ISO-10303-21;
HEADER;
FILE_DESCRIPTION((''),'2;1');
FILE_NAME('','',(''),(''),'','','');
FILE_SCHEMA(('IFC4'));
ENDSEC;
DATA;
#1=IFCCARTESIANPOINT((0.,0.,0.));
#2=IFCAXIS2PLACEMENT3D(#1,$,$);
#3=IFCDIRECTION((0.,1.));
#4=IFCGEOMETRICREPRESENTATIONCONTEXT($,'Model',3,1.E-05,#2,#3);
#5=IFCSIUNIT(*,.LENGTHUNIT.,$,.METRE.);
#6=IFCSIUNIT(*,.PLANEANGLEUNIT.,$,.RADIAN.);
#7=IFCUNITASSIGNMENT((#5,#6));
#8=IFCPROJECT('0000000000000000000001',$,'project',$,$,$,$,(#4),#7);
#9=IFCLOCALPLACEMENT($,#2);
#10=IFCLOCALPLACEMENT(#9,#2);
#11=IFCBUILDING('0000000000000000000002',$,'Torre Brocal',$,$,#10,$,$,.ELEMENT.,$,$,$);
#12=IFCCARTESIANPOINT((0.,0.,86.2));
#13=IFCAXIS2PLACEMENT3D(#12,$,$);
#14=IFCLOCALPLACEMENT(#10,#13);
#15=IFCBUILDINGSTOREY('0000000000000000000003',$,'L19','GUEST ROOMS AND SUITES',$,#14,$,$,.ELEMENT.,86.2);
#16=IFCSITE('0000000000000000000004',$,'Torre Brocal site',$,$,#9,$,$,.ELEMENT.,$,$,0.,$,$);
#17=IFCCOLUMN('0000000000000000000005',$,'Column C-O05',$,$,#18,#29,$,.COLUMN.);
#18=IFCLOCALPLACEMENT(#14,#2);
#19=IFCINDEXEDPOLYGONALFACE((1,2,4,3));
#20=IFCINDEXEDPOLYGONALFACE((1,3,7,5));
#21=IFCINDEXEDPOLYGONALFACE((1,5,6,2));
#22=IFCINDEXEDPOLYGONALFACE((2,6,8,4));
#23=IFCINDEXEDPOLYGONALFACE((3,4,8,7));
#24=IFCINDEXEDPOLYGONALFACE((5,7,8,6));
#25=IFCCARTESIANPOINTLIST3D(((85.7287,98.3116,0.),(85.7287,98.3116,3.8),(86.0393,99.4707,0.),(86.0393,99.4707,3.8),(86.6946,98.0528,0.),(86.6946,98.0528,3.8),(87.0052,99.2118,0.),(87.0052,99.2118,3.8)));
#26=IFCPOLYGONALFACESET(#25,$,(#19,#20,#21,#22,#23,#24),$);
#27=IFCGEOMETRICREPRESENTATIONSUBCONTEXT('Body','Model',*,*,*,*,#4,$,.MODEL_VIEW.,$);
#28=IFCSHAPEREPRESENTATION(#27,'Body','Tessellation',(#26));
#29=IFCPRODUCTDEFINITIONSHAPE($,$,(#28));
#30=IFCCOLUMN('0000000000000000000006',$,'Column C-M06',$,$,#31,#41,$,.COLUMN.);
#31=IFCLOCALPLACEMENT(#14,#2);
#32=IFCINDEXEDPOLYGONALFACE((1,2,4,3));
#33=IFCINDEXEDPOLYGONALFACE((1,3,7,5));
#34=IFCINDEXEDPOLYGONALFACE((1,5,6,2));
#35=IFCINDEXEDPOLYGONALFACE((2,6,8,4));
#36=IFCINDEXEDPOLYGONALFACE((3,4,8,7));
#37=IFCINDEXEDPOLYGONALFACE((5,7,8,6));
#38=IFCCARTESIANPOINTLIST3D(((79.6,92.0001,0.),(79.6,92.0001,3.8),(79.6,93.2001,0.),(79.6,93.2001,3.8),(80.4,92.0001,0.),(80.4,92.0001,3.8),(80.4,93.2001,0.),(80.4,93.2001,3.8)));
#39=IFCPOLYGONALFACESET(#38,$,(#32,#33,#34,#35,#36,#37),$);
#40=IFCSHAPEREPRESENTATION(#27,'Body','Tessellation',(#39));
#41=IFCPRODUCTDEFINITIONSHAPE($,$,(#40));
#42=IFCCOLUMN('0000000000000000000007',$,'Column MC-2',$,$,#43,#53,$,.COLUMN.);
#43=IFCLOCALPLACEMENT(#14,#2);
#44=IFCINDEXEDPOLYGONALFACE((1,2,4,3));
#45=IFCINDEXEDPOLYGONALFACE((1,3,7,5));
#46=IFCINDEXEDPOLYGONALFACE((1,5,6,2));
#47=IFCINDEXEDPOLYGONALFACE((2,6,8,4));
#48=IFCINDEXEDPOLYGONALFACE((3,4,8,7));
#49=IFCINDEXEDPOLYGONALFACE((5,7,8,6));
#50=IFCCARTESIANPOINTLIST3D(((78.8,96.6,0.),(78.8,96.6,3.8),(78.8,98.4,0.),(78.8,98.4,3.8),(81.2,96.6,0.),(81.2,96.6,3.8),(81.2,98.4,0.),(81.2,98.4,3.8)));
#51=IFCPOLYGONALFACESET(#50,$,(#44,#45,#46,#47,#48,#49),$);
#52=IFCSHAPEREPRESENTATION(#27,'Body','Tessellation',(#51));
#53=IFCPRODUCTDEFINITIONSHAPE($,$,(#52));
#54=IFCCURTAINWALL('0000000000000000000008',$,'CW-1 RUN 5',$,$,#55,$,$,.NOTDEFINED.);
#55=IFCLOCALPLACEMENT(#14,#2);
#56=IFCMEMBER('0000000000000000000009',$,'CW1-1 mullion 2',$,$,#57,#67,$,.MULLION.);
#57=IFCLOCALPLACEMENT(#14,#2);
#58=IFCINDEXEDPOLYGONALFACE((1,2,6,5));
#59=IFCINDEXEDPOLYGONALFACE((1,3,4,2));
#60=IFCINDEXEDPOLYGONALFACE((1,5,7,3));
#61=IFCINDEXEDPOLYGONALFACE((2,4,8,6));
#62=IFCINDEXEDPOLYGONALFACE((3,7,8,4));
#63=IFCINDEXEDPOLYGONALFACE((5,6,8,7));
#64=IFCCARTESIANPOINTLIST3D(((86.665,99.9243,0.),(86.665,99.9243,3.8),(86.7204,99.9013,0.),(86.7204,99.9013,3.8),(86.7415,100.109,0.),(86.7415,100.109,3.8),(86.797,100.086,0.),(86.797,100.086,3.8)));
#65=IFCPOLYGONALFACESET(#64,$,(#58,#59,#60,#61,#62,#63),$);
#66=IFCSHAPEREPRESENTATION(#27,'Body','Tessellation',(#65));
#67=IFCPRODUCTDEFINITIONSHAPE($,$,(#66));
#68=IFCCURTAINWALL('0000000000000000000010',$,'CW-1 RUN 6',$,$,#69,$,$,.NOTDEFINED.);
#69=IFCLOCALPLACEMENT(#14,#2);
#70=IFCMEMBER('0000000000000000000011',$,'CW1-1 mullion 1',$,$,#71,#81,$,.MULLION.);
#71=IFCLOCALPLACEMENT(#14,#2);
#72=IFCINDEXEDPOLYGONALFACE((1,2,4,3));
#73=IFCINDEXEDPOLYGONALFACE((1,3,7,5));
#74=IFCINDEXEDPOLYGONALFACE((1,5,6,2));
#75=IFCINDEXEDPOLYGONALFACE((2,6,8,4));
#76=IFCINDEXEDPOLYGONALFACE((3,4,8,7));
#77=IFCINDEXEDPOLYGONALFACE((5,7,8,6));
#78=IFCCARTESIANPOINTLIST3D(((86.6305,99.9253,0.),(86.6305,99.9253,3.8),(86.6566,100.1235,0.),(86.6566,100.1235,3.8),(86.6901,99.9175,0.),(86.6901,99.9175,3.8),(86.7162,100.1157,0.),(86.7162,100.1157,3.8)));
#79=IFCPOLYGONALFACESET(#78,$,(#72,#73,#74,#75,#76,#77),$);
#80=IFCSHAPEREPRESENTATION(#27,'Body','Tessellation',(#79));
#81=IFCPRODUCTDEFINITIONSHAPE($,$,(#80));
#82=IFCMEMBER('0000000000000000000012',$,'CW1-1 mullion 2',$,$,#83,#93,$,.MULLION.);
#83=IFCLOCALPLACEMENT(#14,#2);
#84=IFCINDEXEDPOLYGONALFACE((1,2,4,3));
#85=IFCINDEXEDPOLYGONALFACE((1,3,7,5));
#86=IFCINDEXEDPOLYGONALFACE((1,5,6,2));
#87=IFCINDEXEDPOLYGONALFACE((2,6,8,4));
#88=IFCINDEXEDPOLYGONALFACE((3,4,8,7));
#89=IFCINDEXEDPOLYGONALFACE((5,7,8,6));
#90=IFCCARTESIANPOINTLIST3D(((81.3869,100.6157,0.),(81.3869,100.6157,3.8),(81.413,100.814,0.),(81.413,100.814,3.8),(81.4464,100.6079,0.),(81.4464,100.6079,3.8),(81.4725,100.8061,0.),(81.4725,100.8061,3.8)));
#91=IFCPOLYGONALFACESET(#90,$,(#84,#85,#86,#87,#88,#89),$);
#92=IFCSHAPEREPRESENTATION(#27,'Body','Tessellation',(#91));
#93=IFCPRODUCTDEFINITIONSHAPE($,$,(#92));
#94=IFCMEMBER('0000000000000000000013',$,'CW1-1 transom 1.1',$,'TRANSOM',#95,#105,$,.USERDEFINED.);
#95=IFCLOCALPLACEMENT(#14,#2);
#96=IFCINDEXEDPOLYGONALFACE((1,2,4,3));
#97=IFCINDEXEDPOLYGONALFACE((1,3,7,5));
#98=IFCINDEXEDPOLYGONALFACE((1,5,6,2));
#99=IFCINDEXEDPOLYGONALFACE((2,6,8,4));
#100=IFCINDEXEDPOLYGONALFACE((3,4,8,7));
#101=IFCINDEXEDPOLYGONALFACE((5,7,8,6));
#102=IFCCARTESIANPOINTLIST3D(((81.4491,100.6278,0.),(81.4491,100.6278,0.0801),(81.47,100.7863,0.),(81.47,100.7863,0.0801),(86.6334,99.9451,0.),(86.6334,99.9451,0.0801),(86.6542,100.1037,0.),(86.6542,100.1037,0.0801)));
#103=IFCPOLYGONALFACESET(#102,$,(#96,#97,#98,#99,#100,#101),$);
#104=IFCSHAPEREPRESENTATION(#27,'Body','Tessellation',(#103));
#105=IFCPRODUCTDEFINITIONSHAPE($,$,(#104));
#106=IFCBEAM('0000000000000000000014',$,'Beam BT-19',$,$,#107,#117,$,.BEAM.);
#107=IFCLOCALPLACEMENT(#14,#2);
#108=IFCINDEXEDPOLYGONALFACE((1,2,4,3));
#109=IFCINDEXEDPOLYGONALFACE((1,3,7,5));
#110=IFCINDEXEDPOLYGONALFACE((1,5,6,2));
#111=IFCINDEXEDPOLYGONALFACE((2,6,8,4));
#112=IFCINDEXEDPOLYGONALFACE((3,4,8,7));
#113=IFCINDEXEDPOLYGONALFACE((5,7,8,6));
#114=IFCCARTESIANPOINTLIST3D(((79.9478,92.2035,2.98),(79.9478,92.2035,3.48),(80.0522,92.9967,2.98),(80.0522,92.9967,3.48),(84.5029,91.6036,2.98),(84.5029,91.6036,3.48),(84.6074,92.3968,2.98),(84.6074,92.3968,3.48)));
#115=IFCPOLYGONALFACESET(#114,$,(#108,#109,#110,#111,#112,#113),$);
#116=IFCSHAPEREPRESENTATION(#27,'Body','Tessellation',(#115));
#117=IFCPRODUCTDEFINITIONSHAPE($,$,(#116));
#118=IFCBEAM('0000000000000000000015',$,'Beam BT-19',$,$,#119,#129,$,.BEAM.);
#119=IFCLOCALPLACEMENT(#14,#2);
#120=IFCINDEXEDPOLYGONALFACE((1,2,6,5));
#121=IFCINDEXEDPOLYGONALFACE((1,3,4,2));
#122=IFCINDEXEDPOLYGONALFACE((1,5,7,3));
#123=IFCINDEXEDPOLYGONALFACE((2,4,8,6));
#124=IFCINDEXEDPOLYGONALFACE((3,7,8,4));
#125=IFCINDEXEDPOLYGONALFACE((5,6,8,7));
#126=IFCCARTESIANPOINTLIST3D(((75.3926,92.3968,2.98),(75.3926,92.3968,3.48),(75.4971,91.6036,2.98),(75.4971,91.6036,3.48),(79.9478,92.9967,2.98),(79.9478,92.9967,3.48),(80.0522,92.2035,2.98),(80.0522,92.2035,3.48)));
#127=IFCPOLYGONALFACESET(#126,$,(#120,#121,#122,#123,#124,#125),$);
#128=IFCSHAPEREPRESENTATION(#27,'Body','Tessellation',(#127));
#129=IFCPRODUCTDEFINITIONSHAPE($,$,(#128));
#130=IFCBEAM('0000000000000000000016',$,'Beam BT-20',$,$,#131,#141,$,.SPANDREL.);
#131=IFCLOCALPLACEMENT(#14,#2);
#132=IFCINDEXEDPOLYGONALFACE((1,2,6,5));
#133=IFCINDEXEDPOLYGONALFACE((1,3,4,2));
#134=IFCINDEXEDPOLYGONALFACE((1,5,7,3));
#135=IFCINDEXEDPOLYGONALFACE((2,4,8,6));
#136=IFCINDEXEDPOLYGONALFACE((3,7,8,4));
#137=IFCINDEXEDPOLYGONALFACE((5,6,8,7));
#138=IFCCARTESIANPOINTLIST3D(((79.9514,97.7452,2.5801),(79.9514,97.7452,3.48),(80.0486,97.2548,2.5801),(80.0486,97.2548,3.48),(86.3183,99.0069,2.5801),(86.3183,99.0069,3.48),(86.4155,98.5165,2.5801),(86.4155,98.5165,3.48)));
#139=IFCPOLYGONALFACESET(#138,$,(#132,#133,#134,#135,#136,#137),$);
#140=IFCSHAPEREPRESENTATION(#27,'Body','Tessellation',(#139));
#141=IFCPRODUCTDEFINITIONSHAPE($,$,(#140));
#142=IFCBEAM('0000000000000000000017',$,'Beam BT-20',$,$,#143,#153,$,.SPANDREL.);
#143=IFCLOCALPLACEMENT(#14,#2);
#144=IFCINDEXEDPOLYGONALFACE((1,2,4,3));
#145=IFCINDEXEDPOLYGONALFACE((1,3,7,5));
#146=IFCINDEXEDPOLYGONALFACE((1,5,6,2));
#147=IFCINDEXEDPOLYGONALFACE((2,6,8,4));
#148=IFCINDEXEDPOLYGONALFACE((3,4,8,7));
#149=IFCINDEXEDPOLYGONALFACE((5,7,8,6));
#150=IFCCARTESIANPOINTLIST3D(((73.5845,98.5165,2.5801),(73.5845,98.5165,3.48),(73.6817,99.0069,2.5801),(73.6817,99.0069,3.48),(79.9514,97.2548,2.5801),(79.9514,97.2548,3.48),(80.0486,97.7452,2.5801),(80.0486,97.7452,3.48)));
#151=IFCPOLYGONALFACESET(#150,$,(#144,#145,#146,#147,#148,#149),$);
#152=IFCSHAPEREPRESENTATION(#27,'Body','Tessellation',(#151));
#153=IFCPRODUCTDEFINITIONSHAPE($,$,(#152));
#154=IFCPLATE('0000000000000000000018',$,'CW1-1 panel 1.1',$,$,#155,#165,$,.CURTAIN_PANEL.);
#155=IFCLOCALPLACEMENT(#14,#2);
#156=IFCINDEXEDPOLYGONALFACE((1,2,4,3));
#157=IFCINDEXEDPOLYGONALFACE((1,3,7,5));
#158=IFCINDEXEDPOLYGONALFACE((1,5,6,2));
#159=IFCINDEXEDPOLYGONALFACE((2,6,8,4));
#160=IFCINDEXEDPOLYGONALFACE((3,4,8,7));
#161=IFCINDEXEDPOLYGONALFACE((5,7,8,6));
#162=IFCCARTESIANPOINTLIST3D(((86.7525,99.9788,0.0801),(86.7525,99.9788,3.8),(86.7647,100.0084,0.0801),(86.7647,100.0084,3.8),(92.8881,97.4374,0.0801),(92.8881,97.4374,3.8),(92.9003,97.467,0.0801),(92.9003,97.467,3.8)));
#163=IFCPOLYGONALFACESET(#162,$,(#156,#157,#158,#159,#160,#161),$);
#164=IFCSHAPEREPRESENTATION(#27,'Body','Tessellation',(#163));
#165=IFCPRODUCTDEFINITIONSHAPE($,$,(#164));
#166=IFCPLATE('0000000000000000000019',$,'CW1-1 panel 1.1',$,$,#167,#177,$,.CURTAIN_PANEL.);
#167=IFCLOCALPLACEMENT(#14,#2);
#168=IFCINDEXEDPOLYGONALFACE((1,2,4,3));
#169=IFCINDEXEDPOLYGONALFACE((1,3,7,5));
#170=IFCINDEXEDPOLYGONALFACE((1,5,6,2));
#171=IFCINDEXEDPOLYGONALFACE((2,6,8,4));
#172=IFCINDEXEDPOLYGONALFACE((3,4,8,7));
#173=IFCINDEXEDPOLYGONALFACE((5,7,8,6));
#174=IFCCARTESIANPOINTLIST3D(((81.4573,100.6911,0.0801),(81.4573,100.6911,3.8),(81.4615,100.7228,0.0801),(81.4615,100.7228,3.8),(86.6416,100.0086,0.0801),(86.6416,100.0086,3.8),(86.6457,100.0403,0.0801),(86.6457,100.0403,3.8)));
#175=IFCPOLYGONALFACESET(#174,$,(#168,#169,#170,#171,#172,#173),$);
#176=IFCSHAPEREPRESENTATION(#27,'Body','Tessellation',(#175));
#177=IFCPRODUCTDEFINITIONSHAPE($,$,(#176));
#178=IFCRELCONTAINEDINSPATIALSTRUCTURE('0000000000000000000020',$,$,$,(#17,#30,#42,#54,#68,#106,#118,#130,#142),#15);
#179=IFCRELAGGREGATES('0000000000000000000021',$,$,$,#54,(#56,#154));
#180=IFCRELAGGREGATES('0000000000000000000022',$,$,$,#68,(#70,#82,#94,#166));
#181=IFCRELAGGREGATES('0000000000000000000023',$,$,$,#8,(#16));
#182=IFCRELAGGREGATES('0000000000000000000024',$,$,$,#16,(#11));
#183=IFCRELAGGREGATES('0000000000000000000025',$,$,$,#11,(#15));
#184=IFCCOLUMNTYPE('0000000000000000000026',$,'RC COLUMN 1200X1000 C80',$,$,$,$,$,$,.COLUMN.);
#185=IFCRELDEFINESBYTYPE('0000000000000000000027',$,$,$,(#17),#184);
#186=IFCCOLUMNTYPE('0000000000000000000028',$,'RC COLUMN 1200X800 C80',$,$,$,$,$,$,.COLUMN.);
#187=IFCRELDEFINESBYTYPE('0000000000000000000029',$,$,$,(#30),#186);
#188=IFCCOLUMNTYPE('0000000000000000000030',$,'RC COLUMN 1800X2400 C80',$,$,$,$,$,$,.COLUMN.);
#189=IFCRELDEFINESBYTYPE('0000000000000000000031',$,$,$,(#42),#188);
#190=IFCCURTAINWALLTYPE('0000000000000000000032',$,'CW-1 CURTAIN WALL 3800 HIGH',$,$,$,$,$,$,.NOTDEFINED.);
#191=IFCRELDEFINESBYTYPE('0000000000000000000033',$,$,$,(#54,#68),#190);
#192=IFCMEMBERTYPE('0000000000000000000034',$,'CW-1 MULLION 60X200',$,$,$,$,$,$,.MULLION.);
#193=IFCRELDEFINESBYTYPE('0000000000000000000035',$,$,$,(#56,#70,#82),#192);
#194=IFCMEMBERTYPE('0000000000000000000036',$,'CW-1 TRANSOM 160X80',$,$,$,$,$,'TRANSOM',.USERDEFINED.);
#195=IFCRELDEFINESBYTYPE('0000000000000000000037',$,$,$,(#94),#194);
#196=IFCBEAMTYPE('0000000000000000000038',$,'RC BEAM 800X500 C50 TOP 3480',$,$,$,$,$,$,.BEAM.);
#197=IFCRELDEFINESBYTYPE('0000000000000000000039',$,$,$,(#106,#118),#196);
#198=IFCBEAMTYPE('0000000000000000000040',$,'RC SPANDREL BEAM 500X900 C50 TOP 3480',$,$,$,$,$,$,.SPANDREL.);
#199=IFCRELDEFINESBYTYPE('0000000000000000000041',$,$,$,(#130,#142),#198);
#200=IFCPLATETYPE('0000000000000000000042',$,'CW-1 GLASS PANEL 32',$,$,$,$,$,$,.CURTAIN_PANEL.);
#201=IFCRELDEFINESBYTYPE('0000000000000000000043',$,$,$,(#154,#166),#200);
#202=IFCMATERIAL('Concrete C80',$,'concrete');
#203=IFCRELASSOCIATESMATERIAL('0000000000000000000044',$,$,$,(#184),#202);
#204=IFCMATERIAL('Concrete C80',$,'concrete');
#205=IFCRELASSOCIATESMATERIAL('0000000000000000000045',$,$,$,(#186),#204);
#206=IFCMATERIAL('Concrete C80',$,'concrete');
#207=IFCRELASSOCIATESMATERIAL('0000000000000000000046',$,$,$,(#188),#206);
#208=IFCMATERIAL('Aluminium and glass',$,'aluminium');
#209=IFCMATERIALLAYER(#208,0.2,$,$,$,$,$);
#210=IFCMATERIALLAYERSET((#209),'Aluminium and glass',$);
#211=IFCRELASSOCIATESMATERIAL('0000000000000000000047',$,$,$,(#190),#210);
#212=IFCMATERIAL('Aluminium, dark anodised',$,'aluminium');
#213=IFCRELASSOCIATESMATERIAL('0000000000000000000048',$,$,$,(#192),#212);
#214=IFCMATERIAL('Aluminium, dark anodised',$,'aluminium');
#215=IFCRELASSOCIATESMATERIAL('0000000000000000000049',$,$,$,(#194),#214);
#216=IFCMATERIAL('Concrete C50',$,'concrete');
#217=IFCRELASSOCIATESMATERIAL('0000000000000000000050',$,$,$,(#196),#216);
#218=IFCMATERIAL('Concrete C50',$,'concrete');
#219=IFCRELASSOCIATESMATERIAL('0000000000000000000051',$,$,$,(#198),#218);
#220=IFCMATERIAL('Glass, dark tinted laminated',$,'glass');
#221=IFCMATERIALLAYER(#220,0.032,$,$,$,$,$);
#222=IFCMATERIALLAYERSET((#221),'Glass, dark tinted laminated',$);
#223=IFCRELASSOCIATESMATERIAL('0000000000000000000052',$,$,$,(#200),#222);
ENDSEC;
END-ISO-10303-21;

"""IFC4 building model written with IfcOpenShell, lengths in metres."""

from ifc_helpers import new_model, si_unit, direction, frame, origin, origin_2d, place, context, subcontext, project, spatial, rectangle, extrude, material, layer, layer_set, material_profile, profile_set, type_object, element, aggregate, save


model = new_model("IFC4")

# Units and contexts
model_context = context("Model", 3, precision=1e-05, world=origin(), true_north=direction((0.0, 1.0)))
body_context = subcontext(model_context, "Body", "Model", "MODEL_VIEW")
ifc_project = project(units=[si_unit("LENGTHUNIT", "METRE"), si_unit("PLANEANGLEUNIT", "RADIAN")], contexts=[model_context])

# Site, building, storey
site_placement = place(None, origin())
site = spatial("IfcSite", under=ifc_project, at=site_placement, Name="Torre Brocal site", CompositionType="ELEMENT", RefElevation=0.0)
building_placement = place(site_placement, origin())
building = spatial("IfcBuilding", under=site, at=building_placement, Name="Torre Brocal", CompositionType="ELEMENT")
storey_placement = place(building_placement, frame((0.0, 0.0, 86.2)))
storey = spatial("IfcBuildingStorey", under=building, at=storey_placement, Name="L19", Description="GUEST ROOMS AND SUITES", CompositionType="ELEMENT", Elevation=86.2)

# Columns
ifc_material_1 = material(Name="Concrete C80", Category="concrete")
ifc_material_profile_1 = material_profile(ifc_material_1, rectangle(XDim=1.2, YDim=1.0, at=origin_2d()), Name="RC 1200X1000")
ifc_profile_set_1 = profile_set([ifc_material_profile_1], Name="Concrete C80")
column_type_1 = type_object("IfcColumnType", Name="RC COLUMN 1200X1000 C80", PredefinedType="COLUMN", material=ifc_profile_set_1)
column_1_placement = place(storey_placement, frame((86.3669, 98.7617, 0.0), z_axis=(0.0, 0.0, 1.0), x_axis=(0.258819, 0.965926, 0.0)))
element("IfcColumn", 1, at=column_1_placement, inside=storey, type_object=column_type_1, Name="Column C-O05", PredefinedType="COLUMN", context=body_context, shape_type="SweptSolid", body=[
    extrude(rectangle(XDim=1.2, YDim=1.0, at=origin_2d()), origin(), (0.0, 0.0, 1.0), 3.8),
])
ifc_material_2 = material(Name="Concrete C80", Category="concrete")
ifc_material_profile_2 = material_profile(ifc_material_2, rectangle(XDim=1.2, YDim=0.8, at=origin_2d()), Name="RC 1200X800")
ifc_profile_set_2 = profile_set([ifc_material_profile_2], Name="Concrete C80")
column_type_2 = type_object("IfcColumnType", Name="RC COLUMN 1200X800 C80", PredefinedType="COLUMN", material=ifc_profile_set_2)
column_2_placement = place(storey_placement, frame((80.0, 92.6001, 0.0), z_axis=(0.0, 0.0, 1.0), x_axis=(0.0, 1.0, 0.0)))
element("IfcColumn", 2, at=column_2_placement, inside=storey, type_object=column_type_2, Name="Column C-M06", PredefinedType="COLUMN", context=body_context, shape_type="SweptSolid", body=[
    extrude(rectangle(XDim=1.2, YDim=0.8, at=origin_2d()), origin(), (0.0, 0.0, 1.0), 3.8),
])
ifc_material_3 = material(Name="Concrete C80", Category="concrete")
ifc_material_profile_3 = material_profile(ifc_material_3, rectangle(XDim=1.8, YDim=2.3999, at=origin_2d()), Name="RC 1800X2400")
ifc_profile_set_3 = profile_set([ifc_material_profile_3], Name="Concrete C80")
column_type_3 = type_object("IfcColumnType", Name="RC COLUMN 1800X2400 C80", PredefinedType="COLUMN", material=ifc_profile_set_3)
column_3_placement = place(storey_placement, frame((80.0, 97.5, 0.0), z_axis=(0.0, 0.0, 1.0), x_axis=(0.0, 1.0, 0.0)))
element("IfcColumn", 3, at=column_3_placement, inside=storey, type_object=column_type_3, Name="Column MC-2", PredefinedType="COLUMN", context=body_context, shape_type="SweptSolid", body=[
    extrude(rectangle(XDim=1.8, YDim=2.3999, at=origin_2d()), origin(), (0.0, 0.0, 1.0), 3.8),
])

# Curtain wall, member
ifc_material_4 = material(Name="Aluminium and glass", Category="aluminium")
ifc_layer_1 = layer(ifc_material_4, 0.2)
ifc_layer_set_1 = layer_set([ifc_layer_1], Name="Aluminium and glass")
curtain_wall_type = type_object("IfcCurtainWallType", Name="CW-1 CURTAIN WALL 3800 HIGH", PredefinedType="NOTDEFINED", material=ifc_layer_set_1)
curtain_wall_1_placement = place(storey_placement, origin())
curtain_wall_1 = element("IfcCurtainWall", 4, at=curtain_wall_1_placement, inside=storey, type_object=curtain_wall_type, Name="CW-1 RUN 5", PredefinedType="NOTDEFINED")
ifc_material_5 = material(Name="Aluminium, dark anodised", Category="aluminium")
ifc_material_profile_4 = material_profile(ifc_material_5, rectangle(XDim=0.2, YDim=0.0601, at=origin_2d()), Name="CW-1 MULLION 60X200")
ifc_profile_set_4 = profile_set([ifc_material_profile_4], Name="Aluminium, dark anodised")
member_type_1 = type_object("IfcMemberType", Name="CW-1 MULLION 60X200", PredefinedType="MULLION", material=ifc_profile_set_4)
member_1_placement = place(storey_placement, frame((86.731, 100.0051, 0.0), z_axis=(0.0, 0.0, 1.0), x_axis=(-0.382683, -0.92388, 0.0)))
member_1 = element("IfcMember", 5, at=member_1_placement, type_object=member_type_1, Name="CW1-1 mullion 2", PredefinedType="MULLION", context=body_context, shape_type="SweptSolid", body=[
    extrude(rectangle(XDim=0.2, YDim=0.0601, at=origin_2d()), origin(), (0.0, 0.0, 1.0), 3.8),
])

# Curtain wall, members
curtain_wall_2_placement = place(storey_placement, origin())
curtain_wall_2 = element("IfcCurtainWall", 6, at=curtain_wall_2_placement, inside=storey, type_object=curtain_wall_type, Name="CW-1 RUN 6", PredefinedType="NOTDEFINED")
member_2_placement = place(storey_placement, frame((86.6733, 100.0205, 0.0), z_axis=(0.0, 0.0, 1.0), x_axis=(-0.130526, -0.991445, 0.0)))
member_2 = element("IfcMember", 7, at=member_2_placement, type_object=member_type_1, Name="CW1-1 mullion 1", PredefinedType="MULLION", context=body_context, shape_type="SweptSolid", body=[
    extrude(rectangle(XDim=0.2, YDim=0.0601, at=origin_2d()), origin(), (0.0, 0.0, 1.0), 3.8),
])
member_3_placement = place(storey_placement, frame((81.4297, 100.7109, 0.0), z_axis=(0.0, 0.0, 1.0), x_axis=(-0.130526, -0.991445, 0.0)))
member_3 = element("IfcMember", 8, at=member_3_placement, type_object=member_type_1, Name="CW1-1 mullion 2", PredefinedType="MULLION", context=body_context, shape_type="SweptSolid", body=[
    extrude(rectangle(XDim=0.2, YDim=0.0601, at=origin_2d()), origin(), (0.0, 0.0, 1.0), 3.8),
])
ifc_material_6 = material(Name="Aluminium, dark anodised", Category="aluminium")
ifc_material_profile_5 = material_profile(ifc_material_6, rectangle(XDim=0.1599, YDim=0.0801, at=origin_2d()), Name="CW-1 TRANSOM 160X80")
ifc_profile_set_5 = profile_set([ifc_material_profile_5], Name="Aluminium, dark anodised")
member_type_2 = type_object("IfcMemberType", Name="CW-1 TRANSOM 160X80", ElementType="TRANSOM", PredefinedType="USERDEFINED", material=ifc_profile_set_5)
member_4_placement = place(storey_placement, frame((86.6438, 100.0244, 0.04), z_axis=(-0.991443, 0.130543, 0.0), x_axis=(-0.130543, -0.991443, 0.0)))
member_4 = element("IfcMember", 9, at=member_4_placement, type_object=member_type_2, Name="CW1-1 transom 1.1", ObjectType="TRANSOM", PredefinedType="USERDEFINED", context=body_context, shape_type="SweptSolid", body=[
    extrude(rectangle(XDim=0.1599, YDim=0.0801, at=origin_2d()), origin(), (0.0, 0.0, 1.0), 5.229),
])

# Beams
ifc_material_7 = material(Name="Concrete C50", Category="concrete")
ifc_material_profile_6 = material_profile(ifc_material_7, rectangle(XDim=0.8, YDim=0.5, at=origin_2d()), Name="RC 800X500")
ifc_profile_set_6 = profile_set([ifc_material_profile_6], Name="Concrete C50")
beam_type_1 = type_object("IfcBeamType", Name="RC BEAM 800X500 C50 TOP 3480", PredefinedType="BEAM", material=ifc_profile_set_6)
for number, where, z_axis, x_axis, name in (
    (10, (84.5552, 92.0002, 3.23), (-0.991441, 0.130559, 0.0), (-0.130559, -0.991441, 0.0), "Beam BT-19"),
    (11, (80.0, 92.6001, 3.23), (-0.991441, -0.130559, 0.0), (0.130559, -0.991441, 0.0), "Beam BT-19"),
):
    element("IfcBeam", number, at=place(storey_placement, frame(where, z_axis=z_axis, x_axis=x_axis)), inside=storey, type_object=beam_type_1, Name=name, PredefinedType="BEAM", context=body_context, shape_type="SweptSolid", body=[
        extrude(rectangle(XDim=0.8, YDim=0.5, at=origin_2d()), origin(), (0.0, 0.0, 1.0), 4.5945),
    ])
ifc_material_8 = material(Name="Concrete C50", Category="concrete")
ifc_material_profile_7 = material_profile(ifc_material_8, rectangle(XDim=0.5, YDim=0.8999, at=origin_2d()), Name="RC 500X900")
ifc_profile_set_7 = profile_set([ifc_material_profile_7], Name="Concrete C50")
beam_type_2 = type_object("IfcBeamType", Name="RC SPANDREL BEAM 500X900 C50 TOP 3480", PredefinedType="SPANDREL", material=ifc_profile_set_7)
for number, where, z_axis, x_axis, name in (
    (12, (86.3669, 98.7617, 3.03), (-0.980925, -0.194387, 0.0), (0.194387, -0.980925, 0.0), "Beam BT-20"),
    (13, (80.0, 97.5, 3.03), (-0.980925, 0.194387, 0.0), (-0.194387, -0.980925, 0.0), "Beam BT-20"),
):
    element("IfcBeam", number, at=place(storey_placement, frame(where, z_axis=z_axis, x_axis=x_axis)), inside=storey, type_object=beam_type_2, Name=name, PredefinedType="SPANDREL", context=body_context, shape_type="SweptSolid", body=[
        extrude(rectangle(XDim=0.5, YDim=0.8999, at=origin_2d()), origin(), (0.0, 0.0, 1.0), 6.4907),
    ])

# Plates
ifc_material_9 = material(Name="Glass, dark tinted laminated", Category="glass")
ifc_layer_2 = layer(ifc_material_9, 0.032)
ifc_layer_set_2 = layer_set([ifc_layer_2], Name="Glass, dark tinted laminated")
plate_type = type_object("IfcPlateType", Name="CW-1 GLASS PANEL 32", PredefinedType="CURTAIN_PANEL", material=ifc_layer_set_2)
plate_1_placement = place(storey_placement, frame((89.8264, 98.7229, 0.0801), z_axis=(0.0, 0.0, 1.0), x_axis=(-0.92388, 0.382683, 0.0)))
plate_1 = element("IfcPlate", 14, at=plate_1_placement, type_object=plate_type, Name="CW1-1 panel 1.1", PredefinedType="CURTAIN_PANEL", context=body_context, shape_type="SweptSolid", body=[
    extrude(rectangle(XDim=6.6411, YDim=0.032, at=origin_2d()), origin(), (0.0, 0.0, 1.0), 3.72),
])
aggregate(curtain_wall_1, [member_1, plate_1])
plate_2_placement = place(storey_placement, frame((84.0515, 100.3657, 0.0801), z_axis=(0.0, 0.0, 1.0), x_axis=(-0.991445, 0.130526, 0.0)))
plate_2 = element("IfcPlate", 15, at=plate_2_placement, type_object=plate_type, Name="CW1-1 panel 1.1", PredefinedType="CURTAIN_PANEL", context=body_context, shape_type="SweptSolid", body=[
    extrude(rectangle(XDim=5.229, YDim=0.032, at=origin_2d()), origin(), (0.0, 0.0, 1.0), 3.72),
])
aggregate(curtain_wall_2, [member_2, member_3, member_4, plate_2])

save(model, "model.ifc")
